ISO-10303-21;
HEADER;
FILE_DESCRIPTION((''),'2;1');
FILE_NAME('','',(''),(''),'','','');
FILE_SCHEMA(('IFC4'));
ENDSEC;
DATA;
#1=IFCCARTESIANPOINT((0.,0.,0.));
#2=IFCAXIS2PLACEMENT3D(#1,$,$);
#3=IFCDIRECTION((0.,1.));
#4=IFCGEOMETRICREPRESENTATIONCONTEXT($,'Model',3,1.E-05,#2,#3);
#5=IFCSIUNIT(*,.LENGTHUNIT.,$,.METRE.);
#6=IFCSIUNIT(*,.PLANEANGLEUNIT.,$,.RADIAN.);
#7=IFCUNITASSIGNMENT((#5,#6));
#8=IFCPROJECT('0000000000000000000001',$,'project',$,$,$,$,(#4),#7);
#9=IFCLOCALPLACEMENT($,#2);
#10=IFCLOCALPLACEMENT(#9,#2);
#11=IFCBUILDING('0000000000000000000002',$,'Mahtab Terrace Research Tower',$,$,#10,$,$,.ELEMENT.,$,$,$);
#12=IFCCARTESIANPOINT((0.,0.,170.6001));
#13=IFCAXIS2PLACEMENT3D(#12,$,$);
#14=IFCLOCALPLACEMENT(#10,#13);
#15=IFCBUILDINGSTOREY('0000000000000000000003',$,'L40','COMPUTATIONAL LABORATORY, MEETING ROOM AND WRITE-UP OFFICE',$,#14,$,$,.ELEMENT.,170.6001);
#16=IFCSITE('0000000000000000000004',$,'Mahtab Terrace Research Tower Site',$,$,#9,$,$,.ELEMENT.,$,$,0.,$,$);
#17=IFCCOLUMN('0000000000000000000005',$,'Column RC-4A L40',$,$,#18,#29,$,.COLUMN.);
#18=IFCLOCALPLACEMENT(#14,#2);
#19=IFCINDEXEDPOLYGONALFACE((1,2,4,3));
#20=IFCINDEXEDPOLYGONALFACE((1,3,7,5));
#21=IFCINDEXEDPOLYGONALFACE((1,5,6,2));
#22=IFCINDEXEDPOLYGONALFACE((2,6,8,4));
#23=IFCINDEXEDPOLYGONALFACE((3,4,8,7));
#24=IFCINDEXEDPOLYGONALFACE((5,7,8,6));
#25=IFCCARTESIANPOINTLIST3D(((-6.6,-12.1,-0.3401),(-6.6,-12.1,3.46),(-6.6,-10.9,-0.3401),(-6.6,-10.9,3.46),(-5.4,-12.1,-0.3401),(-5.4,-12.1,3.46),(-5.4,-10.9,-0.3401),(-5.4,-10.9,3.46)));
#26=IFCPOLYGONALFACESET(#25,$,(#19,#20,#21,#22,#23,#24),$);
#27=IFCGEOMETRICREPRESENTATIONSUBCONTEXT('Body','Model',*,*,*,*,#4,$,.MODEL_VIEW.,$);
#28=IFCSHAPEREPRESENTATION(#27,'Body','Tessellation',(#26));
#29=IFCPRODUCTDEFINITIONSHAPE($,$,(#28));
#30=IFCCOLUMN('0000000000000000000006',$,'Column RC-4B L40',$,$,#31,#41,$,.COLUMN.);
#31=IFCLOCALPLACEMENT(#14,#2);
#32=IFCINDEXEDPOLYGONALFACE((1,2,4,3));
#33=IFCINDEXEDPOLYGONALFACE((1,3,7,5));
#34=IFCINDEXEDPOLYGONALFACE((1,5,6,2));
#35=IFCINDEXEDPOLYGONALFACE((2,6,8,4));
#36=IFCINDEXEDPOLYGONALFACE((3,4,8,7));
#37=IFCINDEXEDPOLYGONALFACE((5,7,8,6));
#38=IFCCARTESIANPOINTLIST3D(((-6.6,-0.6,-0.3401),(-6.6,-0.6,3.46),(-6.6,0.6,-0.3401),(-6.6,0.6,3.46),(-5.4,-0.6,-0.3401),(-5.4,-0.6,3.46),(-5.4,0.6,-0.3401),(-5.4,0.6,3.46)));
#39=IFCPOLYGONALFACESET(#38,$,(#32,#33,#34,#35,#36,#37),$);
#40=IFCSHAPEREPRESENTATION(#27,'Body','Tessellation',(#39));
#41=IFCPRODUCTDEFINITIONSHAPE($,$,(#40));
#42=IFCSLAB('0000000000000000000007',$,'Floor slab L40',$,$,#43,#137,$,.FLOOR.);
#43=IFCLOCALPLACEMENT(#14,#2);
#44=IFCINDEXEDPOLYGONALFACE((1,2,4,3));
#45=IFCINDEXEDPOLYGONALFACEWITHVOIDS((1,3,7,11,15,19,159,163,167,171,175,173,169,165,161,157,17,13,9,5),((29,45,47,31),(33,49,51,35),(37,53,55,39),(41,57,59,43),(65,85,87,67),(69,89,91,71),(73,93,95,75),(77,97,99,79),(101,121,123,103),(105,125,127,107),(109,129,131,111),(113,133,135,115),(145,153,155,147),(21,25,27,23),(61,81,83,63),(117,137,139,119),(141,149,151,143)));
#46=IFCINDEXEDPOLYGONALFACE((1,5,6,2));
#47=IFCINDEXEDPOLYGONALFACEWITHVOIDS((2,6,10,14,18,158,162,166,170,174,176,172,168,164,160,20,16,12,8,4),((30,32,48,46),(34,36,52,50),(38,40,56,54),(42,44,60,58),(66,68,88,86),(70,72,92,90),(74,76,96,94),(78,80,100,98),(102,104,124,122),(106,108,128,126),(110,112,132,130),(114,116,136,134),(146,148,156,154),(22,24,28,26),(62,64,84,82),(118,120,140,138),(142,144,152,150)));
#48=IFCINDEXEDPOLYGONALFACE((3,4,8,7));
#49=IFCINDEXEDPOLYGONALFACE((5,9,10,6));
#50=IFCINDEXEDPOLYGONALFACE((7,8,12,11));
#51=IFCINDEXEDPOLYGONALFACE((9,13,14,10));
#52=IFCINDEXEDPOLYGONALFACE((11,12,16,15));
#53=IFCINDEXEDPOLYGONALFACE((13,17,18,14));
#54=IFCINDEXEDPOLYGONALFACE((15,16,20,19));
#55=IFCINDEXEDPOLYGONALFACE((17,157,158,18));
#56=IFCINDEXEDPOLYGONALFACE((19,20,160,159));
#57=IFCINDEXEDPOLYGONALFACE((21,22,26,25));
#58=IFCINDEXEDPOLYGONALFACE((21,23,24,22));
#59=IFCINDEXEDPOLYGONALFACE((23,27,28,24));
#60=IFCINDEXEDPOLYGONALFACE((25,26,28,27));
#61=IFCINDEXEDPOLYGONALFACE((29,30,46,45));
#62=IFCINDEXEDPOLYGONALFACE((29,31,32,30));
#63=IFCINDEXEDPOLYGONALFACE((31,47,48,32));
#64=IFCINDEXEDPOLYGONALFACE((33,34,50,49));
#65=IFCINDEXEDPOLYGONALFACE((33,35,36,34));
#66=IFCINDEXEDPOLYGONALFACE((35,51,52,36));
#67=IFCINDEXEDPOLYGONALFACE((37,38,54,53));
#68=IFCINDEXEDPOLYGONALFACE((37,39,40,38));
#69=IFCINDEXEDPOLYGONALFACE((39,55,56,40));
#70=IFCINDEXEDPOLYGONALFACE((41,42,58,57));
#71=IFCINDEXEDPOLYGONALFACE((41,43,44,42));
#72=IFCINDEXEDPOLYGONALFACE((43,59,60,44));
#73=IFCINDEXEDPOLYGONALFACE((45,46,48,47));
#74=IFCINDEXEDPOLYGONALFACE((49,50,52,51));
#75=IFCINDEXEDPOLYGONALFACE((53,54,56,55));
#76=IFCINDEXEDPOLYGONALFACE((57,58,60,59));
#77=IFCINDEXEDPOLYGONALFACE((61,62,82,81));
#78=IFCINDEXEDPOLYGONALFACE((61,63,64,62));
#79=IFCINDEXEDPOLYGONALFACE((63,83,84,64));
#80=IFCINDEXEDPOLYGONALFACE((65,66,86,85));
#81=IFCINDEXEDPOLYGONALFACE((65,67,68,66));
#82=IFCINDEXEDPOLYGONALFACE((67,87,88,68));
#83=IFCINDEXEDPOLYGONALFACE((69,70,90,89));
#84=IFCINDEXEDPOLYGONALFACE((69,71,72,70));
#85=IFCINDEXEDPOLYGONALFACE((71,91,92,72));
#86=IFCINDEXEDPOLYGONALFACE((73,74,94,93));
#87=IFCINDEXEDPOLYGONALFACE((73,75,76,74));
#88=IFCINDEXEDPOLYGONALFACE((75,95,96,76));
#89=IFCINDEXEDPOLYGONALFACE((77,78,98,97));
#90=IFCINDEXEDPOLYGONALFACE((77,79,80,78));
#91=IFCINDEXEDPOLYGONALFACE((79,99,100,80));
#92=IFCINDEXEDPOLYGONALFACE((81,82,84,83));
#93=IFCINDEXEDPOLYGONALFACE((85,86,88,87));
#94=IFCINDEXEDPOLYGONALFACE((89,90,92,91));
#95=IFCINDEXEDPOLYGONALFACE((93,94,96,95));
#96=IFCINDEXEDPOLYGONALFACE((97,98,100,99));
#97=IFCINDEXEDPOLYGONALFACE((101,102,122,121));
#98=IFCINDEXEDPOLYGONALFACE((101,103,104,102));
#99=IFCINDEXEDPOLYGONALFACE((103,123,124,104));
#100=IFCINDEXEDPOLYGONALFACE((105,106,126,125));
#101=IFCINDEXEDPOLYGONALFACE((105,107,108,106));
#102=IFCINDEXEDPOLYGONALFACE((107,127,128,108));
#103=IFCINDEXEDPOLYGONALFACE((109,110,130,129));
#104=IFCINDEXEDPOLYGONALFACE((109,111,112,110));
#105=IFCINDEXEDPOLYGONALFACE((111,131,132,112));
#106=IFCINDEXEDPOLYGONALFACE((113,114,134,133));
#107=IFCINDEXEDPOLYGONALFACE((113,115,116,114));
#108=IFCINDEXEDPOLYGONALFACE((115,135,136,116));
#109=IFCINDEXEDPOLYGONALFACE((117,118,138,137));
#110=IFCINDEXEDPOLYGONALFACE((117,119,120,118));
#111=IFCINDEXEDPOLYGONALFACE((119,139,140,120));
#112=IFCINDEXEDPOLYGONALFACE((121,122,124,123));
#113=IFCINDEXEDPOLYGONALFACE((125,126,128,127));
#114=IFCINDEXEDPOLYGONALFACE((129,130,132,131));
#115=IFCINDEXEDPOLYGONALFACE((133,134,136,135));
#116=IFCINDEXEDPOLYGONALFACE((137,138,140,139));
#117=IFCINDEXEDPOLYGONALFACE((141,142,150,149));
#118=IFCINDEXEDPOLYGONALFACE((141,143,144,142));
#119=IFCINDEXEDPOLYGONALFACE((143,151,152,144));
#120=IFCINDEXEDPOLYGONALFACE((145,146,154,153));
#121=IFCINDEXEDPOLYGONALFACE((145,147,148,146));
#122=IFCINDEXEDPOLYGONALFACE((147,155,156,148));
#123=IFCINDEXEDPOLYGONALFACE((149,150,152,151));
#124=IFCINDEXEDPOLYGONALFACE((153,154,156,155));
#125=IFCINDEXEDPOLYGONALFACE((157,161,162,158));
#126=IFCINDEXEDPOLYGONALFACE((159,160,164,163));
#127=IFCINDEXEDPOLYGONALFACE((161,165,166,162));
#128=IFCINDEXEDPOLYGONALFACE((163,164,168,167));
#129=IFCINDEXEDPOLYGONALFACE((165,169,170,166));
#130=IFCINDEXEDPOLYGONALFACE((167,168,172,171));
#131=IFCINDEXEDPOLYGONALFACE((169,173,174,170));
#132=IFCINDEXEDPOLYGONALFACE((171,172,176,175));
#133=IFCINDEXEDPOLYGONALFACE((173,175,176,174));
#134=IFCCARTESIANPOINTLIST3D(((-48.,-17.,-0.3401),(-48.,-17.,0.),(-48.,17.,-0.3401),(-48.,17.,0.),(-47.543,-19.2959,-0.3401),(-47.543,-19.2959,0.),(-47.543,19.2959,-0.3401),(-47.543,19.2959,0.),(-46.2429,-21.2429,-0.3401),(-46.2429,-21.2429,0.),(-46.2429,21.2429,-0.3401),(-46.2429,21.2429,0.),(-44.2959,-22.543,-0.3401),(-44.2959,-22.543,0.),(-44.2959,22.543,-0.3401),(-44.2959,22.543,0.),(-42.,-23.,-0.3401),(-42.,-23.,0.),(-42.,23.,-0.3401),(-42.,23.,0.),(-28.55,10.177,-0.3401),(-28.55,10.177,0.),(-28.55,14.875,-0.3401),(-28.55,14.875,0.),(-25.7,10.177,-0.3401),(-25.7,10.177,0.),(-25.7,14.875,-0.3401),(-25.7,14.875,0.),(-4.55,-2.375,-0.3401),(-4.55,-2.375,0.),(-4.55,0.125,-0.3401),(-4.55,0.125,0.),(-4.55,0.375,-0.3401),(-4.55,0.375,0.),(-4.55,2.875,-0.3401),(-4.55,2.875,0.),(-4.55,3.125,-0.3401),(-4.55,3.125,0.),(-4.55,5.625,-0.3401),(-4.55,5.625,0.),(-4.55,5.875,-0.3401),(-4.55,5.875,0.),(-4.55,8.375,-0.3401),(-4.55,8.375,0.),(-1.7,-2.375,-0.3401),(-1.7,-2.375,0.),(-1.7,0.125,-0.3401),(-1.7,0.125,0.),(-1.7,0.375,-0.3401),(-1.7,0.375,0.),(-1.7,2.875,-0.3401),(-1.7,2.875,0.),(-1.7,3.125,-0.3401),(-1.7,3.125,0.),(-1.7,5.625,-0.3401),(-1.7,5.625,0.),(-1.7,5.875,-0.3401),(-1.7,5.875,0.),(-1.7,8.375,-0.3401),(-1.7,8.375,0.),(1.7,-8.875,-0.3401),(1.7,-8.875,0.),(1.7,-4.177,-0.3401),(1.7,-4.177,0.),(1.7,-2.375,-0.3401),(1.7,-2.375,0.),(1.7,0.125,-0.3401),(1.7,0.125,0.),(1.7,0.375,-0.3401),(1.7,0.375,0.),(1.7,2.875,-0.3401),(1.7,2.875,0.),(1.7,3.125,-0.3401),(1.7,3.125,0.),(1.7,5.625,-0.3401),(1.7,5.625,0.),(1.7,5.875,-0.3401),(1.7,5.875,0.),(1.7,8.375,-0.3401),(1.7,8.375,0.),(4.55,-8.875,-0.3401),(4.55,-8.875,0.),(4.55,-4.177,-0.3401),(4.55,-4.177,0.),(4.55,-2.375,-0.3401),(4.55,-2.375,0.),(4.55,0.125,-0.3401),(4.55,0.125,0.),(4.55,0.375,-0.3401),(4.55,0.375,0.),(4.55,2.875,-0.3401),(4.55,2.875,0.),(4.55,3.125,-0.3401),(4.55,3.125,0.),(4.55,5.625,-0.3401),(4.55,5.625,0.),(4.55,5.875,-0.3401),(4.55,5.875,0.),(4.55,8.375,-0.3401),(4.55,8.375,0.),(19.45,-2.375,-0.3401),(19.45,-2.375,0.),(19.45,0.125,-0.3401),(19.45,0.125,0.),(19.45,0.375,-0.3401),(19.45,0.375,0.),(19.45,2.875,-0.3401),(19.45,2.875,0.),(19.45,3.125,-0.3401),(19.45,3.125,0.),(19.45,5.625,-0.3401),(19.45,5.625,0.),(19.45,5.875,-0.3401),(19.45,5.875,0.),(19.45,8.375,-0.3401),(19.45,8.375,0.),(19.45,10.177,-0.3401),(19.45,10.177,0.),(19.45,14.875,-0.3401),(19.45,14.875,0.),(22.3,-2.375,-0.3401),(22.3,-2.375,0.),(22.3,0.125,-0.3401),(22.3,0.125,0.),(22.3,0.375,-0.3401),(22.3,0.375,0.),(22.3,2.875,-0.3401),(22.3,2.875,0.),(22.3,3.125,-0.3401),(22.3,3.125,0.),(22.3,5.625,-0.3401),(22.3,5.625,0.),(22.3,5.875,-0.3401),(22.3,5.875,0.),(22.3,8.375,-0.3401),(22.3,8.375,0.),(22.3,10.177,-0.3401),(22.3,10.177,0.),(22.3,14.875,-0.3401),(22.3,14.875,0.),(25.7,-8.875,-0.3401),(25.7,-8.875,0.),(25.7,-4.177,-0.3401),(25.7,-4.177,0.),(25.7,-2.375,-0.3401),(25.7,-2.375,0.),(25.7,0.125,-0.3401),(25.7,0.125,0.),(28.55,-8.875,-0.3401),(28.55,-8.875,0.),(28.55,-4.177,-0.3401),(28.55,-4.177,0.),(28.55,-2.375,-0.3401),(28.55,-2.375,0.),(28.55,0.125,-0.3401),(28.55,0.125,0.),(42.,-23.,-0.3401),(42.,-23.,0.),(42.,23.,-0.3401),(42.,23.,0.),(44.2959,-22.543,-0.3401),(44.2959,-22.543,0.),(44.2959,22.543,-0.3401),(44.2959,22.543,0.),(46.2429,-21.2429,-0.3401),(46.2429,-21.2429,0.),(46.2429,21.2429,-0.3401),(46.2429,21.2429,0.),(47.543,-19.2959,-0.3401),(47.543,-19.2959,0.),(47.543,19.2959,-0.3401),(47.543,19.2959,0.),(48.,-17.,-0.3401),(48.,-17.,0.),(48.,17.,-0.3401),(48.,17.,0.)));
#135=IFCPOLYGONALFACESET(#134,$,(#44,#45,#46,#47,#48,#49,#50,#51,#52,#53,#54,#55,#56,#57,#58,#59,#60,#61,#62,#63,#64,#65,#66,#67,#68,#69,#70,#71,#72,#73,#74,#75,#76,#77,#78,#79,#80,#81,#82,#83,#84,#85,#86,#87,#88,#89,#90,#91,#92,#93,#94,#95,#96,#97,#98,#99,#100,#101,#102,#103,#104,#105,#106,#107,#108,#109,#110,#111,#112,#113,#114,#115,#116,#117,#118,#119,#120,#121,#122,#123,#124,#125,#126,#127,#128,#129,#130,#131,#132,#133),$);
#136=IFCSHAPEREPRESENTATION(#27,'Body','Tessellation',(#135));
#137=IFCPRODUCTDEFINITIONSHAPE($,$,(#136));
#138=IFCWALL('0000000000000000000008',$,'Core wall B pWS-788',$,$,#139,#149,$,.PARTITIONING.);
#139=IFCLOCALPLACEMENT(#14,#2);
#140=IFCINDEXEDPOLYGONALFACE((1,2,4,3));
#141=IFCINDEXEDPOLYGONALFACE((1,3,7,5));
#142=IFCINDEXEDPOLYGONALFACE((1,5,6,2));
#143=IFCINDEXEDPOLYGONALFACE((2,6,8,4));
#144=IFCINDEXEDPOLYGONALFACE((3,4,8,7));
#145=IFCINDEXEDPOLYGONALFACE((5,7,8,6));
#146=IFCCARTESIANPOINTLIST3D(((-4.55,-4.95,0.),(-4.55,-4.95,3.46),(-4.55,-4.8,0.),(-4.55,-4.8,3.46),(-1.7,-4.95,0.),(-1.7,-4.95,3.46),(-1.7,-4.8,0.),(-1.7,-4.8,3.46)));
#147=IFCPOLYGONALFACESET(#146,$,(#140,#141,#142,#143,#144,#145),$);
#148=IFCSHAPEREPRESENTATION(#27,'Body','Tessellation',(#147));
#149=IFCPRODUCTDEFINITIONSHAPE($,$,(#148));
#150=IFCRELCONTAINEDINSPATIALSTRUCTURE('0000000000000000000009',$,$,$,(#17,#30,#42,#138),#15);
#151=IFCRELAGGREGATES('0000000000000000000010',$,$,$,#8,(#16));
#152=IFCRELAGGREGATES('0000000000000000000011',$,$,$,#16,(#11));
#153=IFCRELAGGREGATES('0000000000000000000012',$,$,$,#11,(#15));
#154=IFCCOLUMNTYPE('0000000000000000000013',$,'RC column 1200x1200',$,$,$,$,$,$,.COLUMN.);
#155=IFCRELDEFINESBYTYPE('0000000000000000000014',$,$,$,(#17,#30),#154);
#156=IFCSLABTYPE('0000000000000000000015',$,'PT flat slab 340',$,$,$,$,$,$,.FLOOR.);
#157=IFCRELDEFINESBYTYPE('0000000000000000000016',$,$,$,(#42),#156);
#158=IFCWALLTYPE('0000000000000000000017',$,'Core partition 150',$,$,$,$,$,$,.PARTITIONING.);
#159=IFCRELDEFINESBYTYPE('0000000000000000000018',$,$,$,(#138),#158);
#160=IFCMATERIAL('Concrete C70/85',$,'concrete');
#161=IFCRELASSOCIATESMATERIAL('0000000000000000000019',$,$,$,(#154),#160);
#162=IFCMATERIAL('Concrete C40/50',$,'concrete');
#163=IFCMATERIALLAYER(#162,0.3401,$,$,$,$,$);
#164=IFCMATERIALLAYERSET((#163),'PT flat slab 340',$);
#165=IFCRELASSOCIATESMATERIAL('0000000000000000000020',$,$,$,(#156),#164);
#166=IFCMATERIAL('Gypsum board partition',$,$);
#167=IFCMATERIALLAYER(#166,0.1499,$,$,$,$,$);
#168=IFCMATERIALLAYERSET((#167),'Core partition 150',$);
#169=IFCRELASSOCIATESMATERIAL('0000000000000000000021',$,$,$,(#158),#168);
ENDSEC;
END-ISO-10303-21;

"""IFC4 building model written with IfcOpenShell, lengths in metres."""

from ifc_helpers import new_model, si_unit, direction, frame, frame_2d, origin, origin_2d, place, context, subcontext, project, spatial, polyline, rectangle, outline, extrude, material, layer, layer_set, material_profile, profile_set, type_object, element, save


model = new_model("IFC4")

# Units and contexts
model_context = context("Model", 3, precision=1e-05, world=origin(), true_north=direction((0.0, 1.0)))
body_context = subcontext(model_context, "Body", "Model", "MODEL_VIEW")
ifc_project = project(units=[si_unit("LENGTHUNIT", "METRE"), si_unit("PLANEANGLEUNIT", "RADIAN")], contexts=[model_context])

# Site, building, storey
site_placement = place(None, origin())
site = spatial("IfcSite", under=ifc_project, at=site_placement, Name="Mahtab Terrace Research Tower Site", CompositionType="ELEMENT", RefElevation=0.0)
building_placement = place(site_placement, origin())
building = spatial("IfcBuilding", under=site, at=building_placement, Name="Mahtab Terrace Research Tower", CompositionType="ELEMENT")
storey_placement = place(building_placement, frame((0.0, 0.0, 170.6001)))
storey = spatial("IfcBuildingStorey", under=building, at=storey_placement, Name="L40", Description="COMPUTATIONAL LABORATORY, MEETING ROOM AND WRITE-UP OFFICE", CompositionType="ELEMENT", Elevation=170.6001)

# Columns
ifc_material_1 = material(Name="Concrete C70/85", Category="concrete")
ifc_material_profile = material_profile(ifc_material_1, rectangle(XDim=1.2, YDim=1.2, at=origin_2d()), Name="RC column 1200x1200")
ifc_profile_set = profile_set([ifc_material_profile], Name="Concrete C70/85")
column_type = type_object("IfcColumnType", Name="RC column 1200x1200", PredefinedType="COLUMN", material=ifc_profile_set)
for number, where, z_axis, x_axis, name in (
    (1, (-6.0, -11.5, -0.3401), (0.0, 0.0, 1.0), (1.0, 0.0, 0.0), "Column RC-4A L40"),
    (2, (-6.0, 0.0, -0.3401), (0.0, 0.0, 1.0), (1.0, 0.0, 0.0), "Column RC-4B L40"),
):
    element("IfcColumn", number, at=place(storey_placement, frame(where, z_axis=z_axis, x_axis=x_axis)), inside=storey, type_object=column_type, Name=name, PredefinedType="COLUMN", context=body_context, shape_type="SweptSolid", body=[
        extrude(rectangle(XDim=1.2, YDim=1.2, at=origin_2d()), origin(), (0.0, 0.0, 1.0), 3.8),
    ])

# Slab
ifc_material_2 = material(Name="Concrete C40/50", Category="concrete")
ifc_layer_1 = layer(ifc_material_2, 0.3401)
ifc_layer_set_1 = layer_set([ifc_layer_1], Name="PT flat slab 340")
slab_type = type_object("IfcSlabType", Name="PT flat slab 340", PredefinedType="FLOOR", material=ifc_layer_set_1)
slab_placement = place(storey_placement, frame((0.0, 0.0, -0.3401)))
element("IfcSlab", 3, at=slab_placement, inside=storey, type_object=slab_type, Name="Floor slab L40", PredefinedType="FLOOR", context=body_context, shape_type="SweptSolid", body=[
    extrude(outline(polyline([(47.543, 19.2959), (46.2429, 21.2429), (44.2959, 22.543), (42.0, 23.0), (-42.0, 23.0), (-44.2959, 22.543), (-46.2429, 21.2429), (-47.543, 19.2959), (-48.0, 17.0), (-48.0, -17.0), (-47.543, -19.2959), (-46.2429, -21.2429), (-44.2959, -22.543), (-42.0, -23.0), (42.0, -23.0), (44.2959, -22.543), (46.2429, -21.2429), (47.543, -19.2959), (48.0, -17.0), (48.0, 17.0), (47.543, 19.2959)]), holes=[polyline([(-4.55, -2.375), (-4.55, 0.125), (-1.7, 0.125), (-1.7, -2.375), (-4.55, -2.375)]), polyline([(1.7, -2.375), (1.7, 0.125), (4.55, 0.125), (4.55, -2.375), (1.7, -2.375)]), polyline([(-4.55, 0.375), (-4.55, 2.875), (-1.7, 2.875), (-1.7, 0.375), (-4.55, 0.375)]), polyline([(1.7, 0.375), (1.7, 2.875), (4.55, 2.875), (4.55, 0.375), (1.7, 0.375)]), polyline([(-4.55, 3.125), (-4.55, 5.625), (-1.7, 5.625), (-1.7, 3.125), (-4.55, 3.125)]), polyline([(1.7, 3.125), (1.7, 5.625), (4.55, 5.625), (4.55, 3.125), (1.7, 3.125)]), polyline([(-4.55, 5.875), (-4.55, 8.375), (-1.7, 8.375), (-1.7, 5.875), (-4.55, 5.875)]), polyline([(1.7, 5.875), (1.7, 8.375), (4.55, 8.375), (4.55, 5.875), (1.7, 5.875)]), polyline([(-28.55, 10.177), (-28.55, 14.875), (-25.7, 14.875), (-25.7, 10.177), (-28.55, 10.177)]), polyline([(1.7, -8.875), (1.7, -4.177), (4.55, -4.177), (4.55, -8.875), (1.7, -8.875)]), polyline([(25.7, -8.875), (25.7, -4.177), (28.55, -4.177), (28.55, -8.875), (25.7, -8.875)]), polyline([(19.45, -2.375), (19.45, 0.125), (22.3, 0.125), (22.3, -2.375), (19.45, -2.375)]), polyline([(25.7, -2.375), (25.7, 0.125), (28.55, 0.125), (28.55, -2.375), (25.7, -2.375)]), polyline([(19.45, 0.375), (19.45, 2.875), (22.3, 2.875), (22.3, 0.375), (19.45, 0.375)]), polyline([(19.45, 3.125), (19.45, 5.625), (22.3, 5.625), (22.3, 3.125), (19.45, 3.125)]), polyline([(19.45, 8.375), (22.3, 8.375), (22.3, 5.875), (19.45, 5.875), (19.45, 8.375)]), polyline([(19.45, 14.875), (22.3, 14.875), (22.3, 10.177), (19.45, 10.177), (19.45, 14.875)])]), origin(), (0.0, 0.0, 1.0), 0.3401),
])

# Wall
ifc_material_3 = material(Name="Gypsum board partition")
ifc_layer_2 = layer(ifc_material_3, 0.1499)
ifc_layer_set_2 = layer_set([ifc_layer_2], Name="Core partition 150")
wall_type_1 = type_object("IfcWallType", Name="Core partition 150", PredefinedType="PARTITIONING", material=ifc_layer_set_2)
wall_1_placement = place(storey_placement, frame((-4.55, -4.875, 0.0), z_axis=(0.0, 0.0, 1.0), x_axis=(1.0, 0.0, 0.0)))
element("IfcWall", 4, at=wall_1_placement, inside=storey, type_object=wall_type_1, Name="Core wall B pWS-788", PredefinedType="PARTITIONING", context=body_context, shape_type="SweptSolid", body=[
    extrude(rectangle(XDim=2.8501, YDim=0.1499, at=frame_2d((1.425, 0.0))), origin(), (0.0, 0.0, 1.0), 3.46),
])

save(model, "model.ifc")
